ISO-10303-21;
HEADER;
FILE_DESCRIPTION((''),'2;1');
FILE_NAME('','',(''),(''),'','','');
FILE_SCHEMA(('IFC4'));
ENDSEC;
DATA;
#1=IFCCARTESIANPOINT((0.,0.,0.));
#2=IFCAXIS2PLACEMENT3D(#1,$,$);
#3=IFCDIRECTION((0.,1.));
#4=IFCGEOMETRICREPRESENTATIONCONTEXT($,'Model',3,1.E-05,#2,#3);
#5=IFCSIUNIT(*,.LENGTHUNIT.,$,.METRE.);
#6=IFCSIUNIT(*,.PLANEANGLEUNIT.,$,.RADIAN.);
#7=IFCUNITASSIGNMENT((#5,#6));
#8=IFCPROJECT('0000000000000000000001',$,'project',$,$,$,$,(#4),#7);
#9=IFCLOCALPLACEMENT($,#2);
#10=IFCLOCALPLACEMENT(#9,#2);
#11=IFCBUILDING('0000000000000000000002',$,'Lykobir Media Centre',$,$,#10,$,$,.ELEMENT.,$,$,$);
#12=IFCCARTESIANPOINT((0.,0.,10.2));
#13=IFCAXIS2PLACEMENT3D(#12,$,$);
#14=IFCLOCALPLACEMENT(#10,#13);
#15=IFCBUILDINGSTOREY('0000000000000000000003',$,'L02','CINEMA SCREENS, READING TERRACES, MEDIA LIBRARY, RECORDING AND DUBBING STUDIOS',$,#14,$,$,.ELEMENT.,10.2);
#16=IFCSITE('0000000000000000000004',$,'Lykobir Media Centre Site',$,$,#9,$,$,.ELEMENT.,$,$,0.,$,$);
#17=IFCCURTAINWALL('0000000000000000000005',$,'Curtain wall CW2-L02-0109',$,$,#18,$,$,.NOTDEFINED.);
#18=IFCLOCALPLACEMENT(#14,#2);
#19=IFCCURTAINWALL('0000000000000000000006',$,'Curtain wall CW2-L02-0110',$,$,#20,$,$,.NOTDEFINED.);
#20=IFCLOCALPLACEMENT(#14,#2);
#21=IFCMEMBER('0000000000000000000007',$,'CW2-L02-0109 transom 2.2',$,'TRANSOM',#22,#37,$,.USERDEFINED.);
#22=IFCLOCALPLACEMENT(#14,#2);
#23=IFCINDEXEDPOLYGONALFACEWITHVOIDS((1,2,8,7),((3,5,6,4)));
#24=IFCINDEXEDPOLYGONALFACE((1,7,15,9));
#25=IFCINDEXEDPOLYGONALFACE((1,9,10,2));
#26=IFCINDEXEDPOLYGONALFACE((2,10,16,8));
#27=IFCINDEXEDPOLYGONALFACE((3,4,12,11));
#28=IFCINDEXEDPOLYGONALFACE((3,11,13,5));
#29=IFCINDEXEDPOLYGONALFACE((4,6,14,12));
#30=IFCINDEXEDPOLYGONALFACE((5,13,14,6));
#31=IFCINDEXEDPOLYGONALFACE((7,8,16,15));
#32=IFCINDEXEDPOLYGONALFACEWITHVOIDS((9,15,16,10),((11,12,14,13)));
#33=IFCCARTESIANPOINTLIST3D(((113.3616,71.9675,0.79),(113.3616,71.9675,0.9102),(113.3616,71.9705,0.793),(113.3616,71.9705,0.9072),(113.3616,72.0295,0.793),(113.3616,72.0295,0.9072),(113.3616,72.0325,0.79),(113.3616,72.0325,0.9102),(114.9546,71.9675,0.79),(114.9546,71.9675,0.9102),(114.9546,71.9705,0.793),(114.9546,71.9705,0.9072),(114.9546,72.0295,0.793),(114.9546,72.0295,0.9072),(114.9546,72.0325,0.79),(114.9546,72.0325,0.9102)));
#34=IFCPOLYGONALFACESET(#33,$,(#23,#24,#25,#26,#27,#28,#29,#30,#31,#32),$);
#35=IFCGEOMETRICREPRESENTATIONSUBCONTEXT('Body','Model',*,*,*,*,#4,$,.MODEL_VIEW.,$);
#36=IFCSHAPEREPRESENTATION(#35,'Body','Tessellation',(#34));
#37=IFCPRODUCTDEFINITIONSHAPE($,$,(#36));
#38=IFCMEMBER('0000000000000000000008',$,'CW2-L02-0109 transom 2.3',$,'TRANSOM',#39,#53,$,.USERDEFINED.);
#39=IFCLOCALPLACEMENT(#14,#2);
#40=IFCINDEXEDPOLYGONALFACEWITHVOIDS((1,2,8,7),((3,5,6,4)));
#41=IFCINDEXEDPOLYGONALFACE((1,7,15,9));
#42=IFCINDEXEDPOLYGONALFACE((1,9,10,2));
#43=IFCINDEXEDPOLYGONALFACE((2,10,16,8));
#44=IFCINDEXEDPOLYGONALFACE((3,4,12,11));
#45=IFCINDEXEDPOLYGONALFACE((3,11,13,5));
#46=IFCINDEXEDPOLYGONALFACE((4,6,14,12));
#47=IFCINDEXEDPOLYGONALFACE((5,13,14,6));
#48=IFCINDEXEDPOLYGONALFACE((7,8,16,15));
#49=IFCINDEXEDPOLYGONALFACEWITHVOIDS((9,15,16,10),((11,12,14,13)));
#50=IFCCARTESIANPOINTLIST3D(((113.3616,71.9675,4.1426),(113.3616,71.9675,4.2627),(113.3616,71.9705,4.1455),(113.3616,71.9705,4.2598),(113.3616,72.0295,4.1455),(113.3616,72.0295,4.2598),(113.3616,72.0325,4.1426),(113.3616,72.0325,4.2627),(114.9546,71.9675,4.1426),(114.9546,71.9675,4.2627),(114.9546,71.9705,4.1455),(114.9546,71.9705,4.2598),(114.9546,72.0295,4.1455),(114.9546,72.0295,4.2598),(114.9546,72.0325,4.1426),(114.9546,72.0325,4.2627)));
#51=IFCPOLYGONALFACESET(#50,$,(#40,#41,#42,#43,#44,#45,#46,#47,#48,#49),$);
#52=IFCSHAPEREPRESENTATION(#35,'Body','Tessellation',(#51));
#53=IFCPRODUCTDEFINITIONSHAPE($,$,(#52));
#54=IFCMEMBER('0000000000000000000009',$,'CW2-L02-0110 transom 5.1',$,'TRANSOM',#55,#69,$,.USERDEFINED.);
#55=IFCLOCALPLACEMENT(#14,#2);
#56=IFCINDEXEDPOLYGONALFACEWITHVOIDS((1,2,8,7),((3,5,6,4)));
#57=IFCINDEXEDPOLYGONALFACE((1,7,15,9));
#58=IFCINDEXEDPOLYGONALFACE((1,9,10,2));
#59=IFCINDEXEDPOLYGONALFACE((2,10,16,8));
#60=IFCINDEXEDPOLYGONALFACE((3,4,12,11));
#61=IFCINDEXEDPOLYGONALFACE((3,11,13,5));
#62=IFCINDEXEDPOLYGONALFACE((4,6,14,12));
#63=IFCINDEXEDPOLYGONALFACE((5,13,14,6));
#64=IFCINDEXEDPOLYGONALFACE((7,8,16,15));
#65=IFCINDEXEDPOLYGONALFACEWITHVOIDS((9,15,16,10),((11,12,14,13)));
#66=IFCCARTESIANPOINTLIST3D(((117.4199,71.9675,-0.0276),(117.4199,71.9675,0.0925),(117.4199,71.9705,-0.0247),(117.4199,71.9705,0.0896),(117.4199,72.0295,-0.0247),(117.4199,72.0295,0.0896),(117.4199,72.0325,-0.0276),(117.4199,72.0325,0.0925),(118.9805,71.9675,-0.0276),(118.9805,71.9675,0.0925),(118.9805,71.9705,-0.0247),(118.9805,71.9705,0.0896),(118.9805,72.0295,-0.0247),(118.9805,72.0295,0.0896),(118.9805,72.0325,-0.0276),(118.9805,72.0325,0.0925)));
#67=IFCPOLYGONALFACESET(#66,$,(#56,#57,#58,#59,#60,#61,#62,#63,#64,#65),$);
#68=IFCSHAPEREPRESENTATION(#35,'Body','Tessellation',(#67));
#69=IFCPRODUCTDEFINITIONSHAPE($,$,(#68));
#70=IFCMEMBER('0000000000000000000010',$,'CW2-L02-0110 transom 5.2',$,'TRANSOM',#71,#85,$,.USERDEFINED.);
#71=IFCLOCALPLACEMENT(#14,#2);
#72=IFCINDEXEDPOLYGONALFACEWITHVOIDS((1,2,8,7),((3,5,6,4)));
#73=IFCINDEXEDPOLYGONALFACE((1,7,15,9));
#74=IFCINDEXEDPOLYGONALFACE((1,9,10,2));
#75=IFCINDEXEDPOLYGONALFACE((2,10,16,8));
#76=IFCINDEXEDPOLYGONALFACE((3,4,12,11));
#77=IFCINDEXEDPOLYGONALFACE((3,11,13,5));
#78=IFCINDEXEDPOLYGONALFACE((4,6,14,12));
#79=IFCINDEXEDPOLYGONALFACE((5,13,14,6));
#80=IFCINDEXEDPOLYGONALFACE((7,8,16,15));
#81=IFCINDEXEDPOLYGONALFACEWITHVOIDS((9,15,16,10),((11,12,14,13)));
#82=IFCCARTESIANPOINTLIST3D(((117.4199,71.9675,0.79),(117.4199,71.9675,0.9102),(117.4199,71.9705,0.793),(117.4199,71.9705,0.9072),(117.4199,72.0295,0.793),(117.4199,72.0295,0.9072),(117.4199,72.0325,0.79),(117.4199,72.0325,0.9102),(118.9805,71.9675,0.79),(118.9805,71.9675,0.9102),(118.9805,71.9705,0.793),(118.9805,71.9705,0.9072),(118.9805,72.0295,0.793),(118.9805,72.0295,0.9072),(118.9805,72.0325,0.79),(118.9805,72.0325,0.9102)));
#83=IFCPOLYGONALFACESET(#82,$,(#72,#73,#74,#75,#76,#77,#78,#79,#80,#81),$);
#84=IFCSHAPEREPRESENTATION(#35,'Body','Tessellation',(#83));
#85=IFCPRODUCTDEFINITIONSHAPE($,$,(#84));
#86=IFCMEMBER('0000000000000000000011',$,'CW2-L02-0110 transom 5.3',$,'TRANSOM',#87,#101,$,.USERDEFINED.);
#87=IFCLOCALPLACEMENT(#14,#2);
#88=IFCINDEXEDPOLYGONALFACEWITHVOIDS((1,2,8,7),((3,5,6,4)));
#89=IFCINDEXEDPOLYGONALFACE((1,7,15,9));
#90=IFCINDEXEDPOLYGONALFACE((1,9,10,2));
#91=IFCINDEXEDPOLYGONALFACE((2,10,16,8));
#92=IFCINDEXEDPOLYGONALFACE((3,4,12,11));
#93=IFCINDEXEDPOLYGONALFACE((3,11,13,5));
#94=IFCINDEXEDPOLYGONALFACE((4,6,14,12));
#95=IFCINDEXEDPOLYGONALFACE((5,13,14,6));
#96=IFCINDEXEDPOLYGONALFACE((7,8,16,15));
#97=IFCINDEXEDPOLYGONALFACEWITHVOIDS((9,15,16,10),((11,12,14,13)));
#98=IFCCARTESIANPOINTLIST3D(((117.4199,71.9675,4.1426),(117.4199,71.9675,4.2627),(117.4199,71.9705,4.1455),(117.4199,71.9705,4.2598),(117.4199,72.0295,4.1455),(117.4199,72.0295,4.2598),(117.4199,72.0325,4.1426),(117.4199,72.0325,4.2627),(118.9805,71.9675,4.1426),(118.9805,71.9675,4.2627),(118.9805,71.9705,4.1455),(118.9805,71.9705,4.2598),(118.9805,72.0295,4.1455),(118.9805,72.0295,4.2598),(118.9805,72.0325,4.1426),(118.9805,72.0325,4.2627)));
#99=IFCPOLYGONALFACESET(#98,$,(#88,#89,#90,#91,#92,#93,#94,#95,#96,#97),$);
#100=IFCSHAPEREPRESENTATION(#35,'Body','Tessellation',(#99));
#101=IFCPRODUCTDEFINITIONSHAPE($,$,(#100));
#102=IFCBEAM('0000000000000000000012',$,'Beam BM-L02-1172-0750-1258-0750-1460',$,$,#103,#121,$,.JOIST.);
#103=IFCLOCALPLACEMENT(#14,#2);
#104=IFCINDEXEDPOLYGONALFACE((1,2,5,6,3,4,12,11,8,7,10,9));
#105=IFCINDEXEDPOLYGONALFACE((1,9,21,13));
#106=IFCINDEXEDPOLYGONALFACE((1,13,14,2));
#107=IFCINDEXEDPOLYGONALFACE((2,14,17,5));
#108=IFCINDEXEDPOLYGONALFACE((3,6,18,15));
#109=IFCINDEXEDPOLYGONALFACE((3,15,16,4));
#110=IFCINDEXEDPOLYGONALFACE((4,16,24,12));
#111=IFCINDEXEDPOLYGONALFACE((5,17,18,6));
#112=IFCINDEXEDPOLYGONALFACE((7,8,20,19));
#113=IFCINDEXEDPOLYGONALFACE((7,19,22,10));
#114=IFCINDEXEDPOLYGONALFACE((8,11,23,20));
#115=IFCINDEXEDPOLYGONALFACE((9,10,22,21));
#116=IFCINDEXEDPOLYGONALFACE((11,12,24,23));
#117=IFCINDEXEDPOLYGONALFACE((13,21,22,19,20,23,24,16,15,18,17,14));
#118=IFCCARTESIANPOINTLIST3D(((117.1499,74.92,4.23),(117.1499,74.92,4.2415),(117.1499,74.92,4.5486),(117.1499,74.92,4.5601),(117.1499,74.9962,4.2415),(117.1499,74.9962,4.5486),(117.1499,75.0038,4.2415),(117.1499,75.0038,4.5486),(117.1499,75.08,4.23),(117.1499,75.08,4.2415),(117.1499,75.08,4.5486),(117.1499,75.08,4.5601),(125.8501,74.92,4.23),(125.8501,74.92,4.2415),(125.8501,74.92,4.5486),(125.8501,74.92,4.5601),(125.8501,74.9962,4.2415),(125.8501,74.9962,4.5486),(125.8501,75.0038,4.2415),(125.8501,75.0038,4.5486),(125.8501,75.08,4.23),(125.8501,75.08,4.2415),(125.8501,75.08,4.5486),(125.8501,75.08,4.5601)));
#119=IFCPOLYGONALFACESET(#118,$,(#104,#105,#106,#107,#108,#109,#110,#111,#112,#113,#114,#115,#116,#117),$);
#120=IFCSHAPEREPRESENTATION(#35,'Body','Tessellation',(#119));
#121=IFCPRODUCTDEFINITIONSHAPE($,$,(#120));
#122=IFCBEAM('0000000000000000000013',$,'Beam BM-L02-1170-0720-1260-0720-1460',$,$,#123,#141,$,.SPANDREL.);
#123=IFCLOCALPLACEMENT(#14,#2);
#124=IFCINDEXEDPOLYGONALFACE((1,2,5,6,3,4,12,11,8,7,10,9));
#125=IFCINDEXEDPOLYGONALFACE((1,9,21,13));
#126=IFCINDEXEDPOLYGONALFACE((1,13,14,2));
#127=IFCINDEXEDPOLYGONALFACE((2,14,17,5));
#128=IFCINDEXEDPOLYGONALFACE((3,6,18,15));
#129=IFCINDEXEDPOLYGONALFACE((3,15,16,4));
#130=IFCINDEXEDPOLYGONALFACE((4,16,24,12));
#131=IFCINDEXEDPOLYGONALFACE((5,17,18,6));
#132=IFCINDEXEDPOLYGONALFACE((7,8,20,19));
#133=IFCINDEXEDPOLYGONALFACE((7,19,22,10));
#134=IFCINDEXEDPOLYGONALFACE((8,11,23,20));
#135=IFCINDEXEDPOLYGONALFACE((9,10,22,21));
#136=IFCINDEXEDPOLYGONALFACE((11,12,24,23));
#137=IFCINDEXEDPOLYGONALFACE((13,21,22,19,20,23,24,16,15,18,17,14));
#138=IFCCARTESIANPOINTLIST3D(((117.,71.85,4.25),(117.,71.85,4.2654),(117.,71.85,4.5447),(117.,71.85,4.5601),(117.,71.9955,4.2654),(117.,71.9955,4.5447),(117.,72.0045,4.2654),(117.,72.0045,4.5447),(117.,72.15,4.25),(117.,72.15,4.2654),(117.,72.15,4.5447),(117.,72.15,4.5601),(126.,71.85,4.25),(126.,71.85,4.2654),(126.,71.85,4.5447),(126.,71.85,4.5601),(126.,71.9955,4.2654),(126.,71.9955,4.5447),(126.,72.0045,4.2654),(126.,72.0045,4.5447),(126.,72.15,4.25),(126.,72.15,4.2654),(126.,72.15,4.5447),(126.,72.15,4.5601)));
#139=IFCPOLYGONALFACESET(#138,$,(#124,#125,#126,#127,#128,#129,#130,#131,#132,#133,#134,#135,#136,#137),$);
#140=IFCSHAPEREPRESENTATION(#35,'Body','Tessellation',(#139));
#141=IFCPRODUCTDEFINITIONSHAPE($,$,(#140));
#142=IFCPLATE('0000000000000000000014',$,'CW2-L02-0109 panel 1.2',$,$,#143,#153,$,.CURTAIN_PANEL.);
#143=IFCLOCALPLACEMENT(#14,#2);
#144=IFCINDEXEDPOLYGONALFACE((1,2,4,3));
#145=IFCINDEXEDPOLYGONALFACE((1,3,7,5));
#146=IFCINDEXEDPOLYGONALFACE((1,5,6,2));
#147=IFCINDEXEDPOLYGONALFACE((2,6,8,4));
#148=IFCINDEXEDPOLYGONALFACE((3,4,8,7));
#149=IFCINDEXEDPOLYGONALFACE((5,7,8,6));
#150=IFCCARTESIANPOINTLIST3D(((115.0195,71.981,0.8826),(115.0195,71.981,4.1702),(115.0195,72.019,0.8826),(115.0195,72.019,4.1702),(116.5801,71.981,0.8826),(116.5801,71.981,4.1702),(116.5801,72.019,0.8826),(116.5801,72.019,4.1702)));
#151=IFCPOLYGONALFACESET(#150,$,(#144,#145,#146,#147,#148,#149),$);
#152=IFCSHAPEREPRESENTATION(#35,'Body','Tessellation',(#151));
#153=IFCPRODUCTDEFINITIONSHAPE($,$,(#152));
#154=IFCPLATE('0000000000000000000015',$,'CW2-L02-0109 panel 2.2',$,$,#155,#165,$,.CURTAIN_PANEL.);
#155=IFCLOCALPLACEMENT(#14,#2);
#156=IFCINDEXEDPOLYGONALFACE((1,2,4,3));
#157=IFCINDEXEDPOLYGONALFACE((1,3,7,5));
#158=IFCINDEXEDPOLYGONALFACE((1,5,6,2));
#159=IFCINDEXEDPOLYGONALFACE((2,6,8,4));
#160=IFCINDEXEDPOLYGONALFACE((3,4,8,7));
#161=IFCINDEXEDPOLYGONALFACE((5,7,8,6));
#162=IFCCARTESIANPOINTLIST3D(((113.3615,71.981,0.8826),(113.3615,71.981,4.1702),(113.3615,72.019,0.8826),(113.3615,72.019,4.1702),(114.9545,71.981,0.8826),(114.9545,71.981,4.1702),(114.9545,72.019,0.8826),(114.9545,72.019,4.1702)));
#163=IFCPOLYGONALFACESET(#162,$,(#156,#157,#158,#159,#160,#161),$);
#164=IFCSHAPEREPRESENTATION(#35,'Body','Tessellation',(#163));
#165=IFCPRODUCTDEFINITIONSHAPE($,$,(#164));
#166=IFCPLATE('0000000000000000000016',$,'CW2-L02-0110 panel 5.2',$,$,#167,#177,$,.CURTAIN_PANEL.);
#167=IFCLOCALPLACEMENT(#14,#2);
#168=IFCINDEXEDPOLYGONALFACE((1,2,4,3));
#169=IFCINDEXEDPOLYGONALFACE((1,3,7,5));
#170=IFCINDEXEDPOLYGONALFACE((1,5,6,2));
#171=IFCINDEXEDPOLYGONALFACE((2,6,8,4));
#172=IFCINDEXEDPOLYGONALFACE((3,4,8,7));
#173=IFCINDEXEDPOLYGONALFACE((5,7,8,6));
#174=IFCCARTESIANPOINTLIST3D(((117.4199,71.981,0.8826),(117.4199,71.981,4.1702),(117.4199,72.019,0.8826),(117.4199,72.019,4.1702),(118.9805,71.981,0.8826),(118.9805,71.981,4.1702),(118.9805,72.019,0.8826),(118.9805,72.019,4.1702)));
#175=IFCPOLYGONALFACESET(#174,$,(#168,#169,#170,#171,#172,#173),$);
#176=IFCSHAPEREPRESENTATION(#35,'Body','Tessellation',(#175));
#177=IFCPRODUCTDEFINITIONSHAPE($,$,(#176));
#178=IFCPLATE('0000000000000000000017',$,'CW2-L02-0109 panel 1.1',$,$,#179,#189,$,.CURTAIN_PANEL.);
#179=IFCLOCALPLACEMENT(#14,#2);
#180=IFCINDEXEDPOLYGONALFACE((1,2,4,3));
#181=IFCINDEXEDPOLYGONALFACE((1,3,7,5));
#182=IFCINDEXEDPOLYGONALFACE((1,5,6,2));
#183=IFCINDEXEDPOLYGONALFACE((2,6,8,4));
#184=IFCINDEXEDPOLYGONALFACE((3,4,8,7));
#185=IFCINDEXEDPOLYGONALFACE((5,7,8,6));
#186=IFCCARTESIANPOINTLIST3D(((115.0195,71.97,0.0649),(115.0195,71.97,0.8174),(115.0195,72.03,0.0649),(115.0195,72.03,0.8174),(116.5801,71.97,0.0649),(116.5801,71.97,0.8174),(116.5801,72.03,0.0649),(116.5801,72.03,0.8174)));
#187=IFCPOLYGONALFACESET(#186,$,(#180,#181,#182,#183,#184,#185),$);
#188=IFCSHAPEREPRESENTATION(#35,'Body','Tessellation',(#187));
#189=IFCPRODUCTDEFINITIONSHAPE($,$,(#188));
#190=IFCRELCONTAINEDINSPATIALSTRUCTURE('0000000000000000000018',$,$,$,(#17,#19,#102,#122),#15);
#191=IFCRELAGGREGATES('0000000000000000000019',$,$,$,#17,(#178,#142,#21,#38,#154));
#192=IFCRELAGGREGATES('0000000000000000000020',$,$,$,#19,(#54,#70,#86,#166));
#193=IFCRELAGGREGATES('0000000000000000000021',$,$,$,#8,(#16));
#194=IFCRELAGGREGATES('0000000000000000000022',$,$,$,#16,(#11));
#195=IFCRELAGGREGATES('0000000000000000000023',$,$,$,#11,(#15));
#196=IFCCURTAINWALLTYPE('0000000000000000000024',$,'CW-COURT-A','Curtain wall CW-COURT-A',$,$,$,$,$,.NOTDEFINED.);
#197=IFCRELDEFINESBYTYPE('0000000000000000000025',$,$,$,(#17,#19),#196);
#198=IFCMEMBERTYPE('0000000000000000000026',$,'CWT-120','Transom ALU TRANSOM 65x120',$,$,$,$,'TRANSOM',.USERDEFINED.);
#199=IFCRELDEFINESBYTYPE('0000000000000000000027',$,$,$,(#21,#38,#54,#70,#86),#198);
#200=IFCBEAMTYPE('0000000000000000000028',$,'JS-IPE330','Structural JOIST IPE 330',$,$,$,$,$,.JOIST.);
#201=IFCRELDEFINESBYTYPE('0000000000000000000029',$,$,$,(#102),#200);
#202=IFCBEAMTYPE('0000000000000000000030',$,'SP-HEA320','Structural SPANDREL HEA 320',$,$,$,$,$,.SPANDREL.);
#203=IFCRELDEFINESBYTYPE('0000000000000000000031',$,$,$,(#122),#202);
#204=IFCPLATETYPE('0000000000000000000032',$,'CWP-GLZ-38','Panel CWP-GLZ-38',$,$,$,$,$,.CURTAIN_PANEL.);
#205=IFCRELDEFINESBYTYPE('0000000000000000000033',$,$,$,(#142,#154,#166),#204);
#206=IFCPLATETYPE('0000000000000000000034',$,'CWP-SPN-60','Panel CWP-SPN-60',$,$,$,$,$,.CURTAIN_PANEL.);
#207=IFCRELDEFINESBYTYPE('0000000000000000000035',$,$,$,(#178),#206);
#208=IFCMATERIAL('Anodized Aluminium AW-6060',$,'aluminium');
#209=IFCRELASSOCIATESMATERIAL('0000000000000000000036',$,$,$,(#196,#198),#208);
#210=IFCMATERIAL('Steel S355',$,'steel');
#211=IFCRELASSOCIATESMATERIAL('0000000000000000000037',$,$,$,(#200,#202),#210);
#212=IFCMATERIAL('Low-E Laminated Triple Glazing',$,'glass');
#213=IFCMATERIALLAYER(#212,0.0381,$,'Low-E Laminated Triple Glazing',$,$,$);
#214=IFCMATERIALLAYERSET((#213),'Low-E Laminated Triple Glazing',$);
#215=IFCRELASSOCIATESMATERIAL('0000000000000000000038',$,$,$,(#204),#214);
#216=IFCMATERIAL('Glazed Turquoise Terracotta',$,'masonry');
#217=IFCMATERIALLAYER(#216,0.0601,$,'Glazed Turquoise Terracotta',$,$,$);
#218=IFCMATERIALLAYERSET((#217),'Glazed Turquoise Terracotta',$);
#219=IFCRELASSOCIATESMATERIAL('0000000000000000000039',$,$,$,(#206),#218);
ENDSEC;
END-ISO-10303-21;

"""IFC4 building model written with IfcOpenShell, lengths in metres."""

from ifc_helpers import new_model, si_unit, direction, frame, origin, origin_2d, place, context, subcontext, project, spatial, rectangle, hollow_rectangle, i_section, extrude, material, layer, layer_set, material_profile, profile_set, type_object, element, aggregate, save


model = new_model("IFC4")

# Units and contexts
model_context = context("Model", 3, precision=1e-05, world=origin(), true_north=direction((0.0, 1.0)))
body_context = subcontext(model_context, "Body", "Model", "MODEL_VIEW")
ifc_project = project(units=[si_unit("LENGTHUNIT", "METRE"), si_unit("PLANEANGLEUNIT", "RADIAN")], contexts=[model_context])

# Site, building, storey
site_placement = place(None, origin())
site = spatial("IfcSite", under=ifc_project, at=site_placement, Name="Lykobir Media Centre Site", CompositionType="ELEMENT", RefElevation=0.0)
building_placement = place(site_placement, origin())
building = spatial("IfcBuilding", under=site, at=building_placement, Name="Lykobir Media Centre", CompositionType="ELEMENT")
storey_placement = place(building_placement, frame((0.0, 0.0, 10.2)))
storey = spatial("IfcBuildingStorey", under=building, at=storey_placement, Name="L02", Description="CINEMA SCREENS, READING TERRACES, MEDIA LIBRARY, RECORDING AND DUBBING STUDIOS", CompositionType="ELEMENT", Elevation=10.2)

# Shared definitions
ifc_material_1 = material(Name="Steel S355", Category="steel")

# Curtain walls
ifc_material_2 = material(Name="Anodized Aluminium AW-6060", Category="aluminium")
curtain_wall_type = type_object("IfcCurtainWallType", Name="CW-COURT-A", Description="Curtain wall CW-COURT-A", PredefinedType="NOTDEFINED", material=ifc_material_2)
curtain_wall_1_placement = place(storey_placement, origin())
curtain_wall_1 = element("IfcCurtainWall", 1, at=curtain_wall_1_placement, inside=storey, type_object=curtain_wall_type, Name="Curtain wall CW2-L02-0109", PredefinedType="NOTDEFINED")
curtain_wall_2_placement = place(storey_placement, origin())
curtain_wall_2 = element("IfcCurtainWall", 2, at=curtain_wall_2_placement, inside=storey, type_object=curtain_wall_type, Name="Curtain wall CW2-L02-0110", PredefinedType="NOTDEFINED")

# Members
ifc_material_profile_1 = material_profile(ifc_material_2, hollow_rectangle(XDim=0.0649, YDim=0.1201, WallThickness=0.0029, at=origin_2d()), Name="ALU TRANSOM 65x120")
ifc_profile_set_1 = profile_set([ifc_material_profile_1], Name="Anodized Aluminium AW-6060")
member_type_1 = type_object("IfcMemberType", Name="CWT-120", Description="Transom ALU TRANSOM 65x120", ElementType="TRANSOM", PredefinedType="USERDEFINED", material=ifc_profile_set_1)
member_1_placement = place(storey_placement, frame((114.9546, 72.0, 0.8501), z_axis=(-1.0, 0.0, 0.0), x_axis=(0.0, -1.0, 0.0)))
member_1 = element("IfcMember", 3, at=member_1_placement, type_object=member_type_1, Name="CW2-L02-0109 transom 2.2", ObjectType="TRANSOM", PredefinedType="USERDEFINED", context=body_context, shape_type="SweptSolid", body=[
    extrude(hollow_rectangle(XDim=0.0649, YDim=0.1201, WallThickness=0.0029, at=origin_2d()), origin(), (0.0, 0.0, 1.0), 1.593),
])
member_2_placement = place(storey_placement, frame((114.9546, 72.0, 4.2026), z_axis=(-1.0, 0.0, 0.0), x_axis=(0.0, -1.0, 0.0)))
member_2 = element("IfcMember", 4, at=member_2_placement, type_object=member_type_1, Name="CW2-L02-0109 transom 2.3", ObjectType="TRANSOM", PredefinedType="USERDEFINED", context=body_context, shape_type="SweptSolid", body=[
    extrude(hollow_rectangle(XDim=0.0649, YDim=0.1201, WallThickness=0.0029, at=origin_2d()), origin(), (0.0, 0.0, 1.0), 1.593),
])
member_3_placement = place(storey_placement, frame((118.9805, 72.0, 0.0325), z_axis=(-1.0, 0.0, 0.0), x_axis=(0.0, -1.0, 0.0)))
member_3 = element("IfcMember", 5, at=member_3_placement, type_object=member_type_1, Name="CW2-L02-0110 transom 5.1", ObjectType="TRANSOM", PredefinedType="USERDEFINED", context=body_context, shape_type="SweptSolid", body=[
    extrude(hollow_rectangle(XDim=0.0649, YDim=0.1201, WallThickness=0.0029, at=origin_2d()), origin(), (0.0, 0.0, 1.0), 1.5605),
])
member_4_placement = place(storey_placement, frame((118.9805, 72.0, 0.8501), z_axis=(-1.0, 0.0, 0.0), x_axis=(0.0, -1.0, 0.0)))
member_4 = element("IfcMember", 6, at=member_4_placement, type_object=member_type_1, Name="CW2-L02-0110 transom 5.2", ObjectType="TRANSOM", PredefinedType="USERDEFINED", context=body_context, shape_type="SweptSolid", body=[
    extrude(hollow_rectangle(XDim=0.0649, YDim=0.1201, WallThickness=0.0029, at=origin_2d()), origin(), (0.0, 0.0, 1.0), 1.5605),
])
member_5_placement = place(storey_placement, frame((118.9805, 72.0, 4.2026), z_axis=(-1.0, 0.0, 0.0), x_axis=(0.0, -1.0, 0.0)))
member_5 = element("IfcMember", 7, at=member_5_placement, type_object=member_type_1, Name="CW2-L02-0110 transom 5.3", ObjectType="TRANSOM", PredefinedType="USERDEFINED", context=body_context, shape_type="SweptSolid", body=[
    extrude(hollow_rectangle(XDim=0.0649, YDim=0.1201, WallThickness=0.0029, at=origin_2d()), origin(), (0.0, 0.0, 1.0), 1.5605),
])

# Beams
ifc_material_profile_2 = material_profile(ifc_material_1, i_section(OverallWidth=0.1599, OverallDepth=0.3301, WebThickness=0.0076, FlangeThickness=0.0115, at=origin_2d()), Name="IPE 330")
ifc_profile_set_2 = profile_set([ifc_material_profile_2], Name="Steel S355")
beam_type_1 = type_object("IfcBeamType", Name="JS-IPE330", Description="Structural JOIST IPE 330", PredefinedType="JOIST", material=ifc_profile_set_2)
beam_1_placement = place(storey_placement, frame((117.1499, 75.0, 4.395), z_axis=(1.0, 0.0, 0.0), x_axis=(0.0, 1.0, 0.0)))
element("IfcBeam", 8, at=beam_1_placement, inside=storey, type_object=beam_type_1, Name="Beam BM-L02-1172-0750-1258-0750-1460", PredefinedType="JOIST", context=body_context, shape_type="SweptSolid", body=[
    extrude(i_section(OverallWidth=0.1599, OverallDepth=0.3301, WebThickness=0.0076, FlangeThickness=0.0115, at=origin_2d()), origin(), (0.0, 0.0, 1.0), 8.7002),
])
ifc_material_profile_3 = material_profile(ifc_material_1, i_section(OverallWidth=0.3, OverallDepth=0.3101, WebThickness=0.009, FlangeThickness=0.0154, at=origin_2d()), Name="HEA 320")
ifc_profile_set_3 = profile_set([ifc_material_profile_3], Name="Steel S355")
beam_type_2 = type_object("IfcBeamType", Name="SP-HEA320", Description="Structural SPANDREL HEA 320", PredefinedType="SPANDREL", material=ifc_profile_set_3)
beam_2_placement = place(storey_placement, frame((117.0, 72.0, 4.405), z_axis=(1.0, 0.0, 0.0), x_axis=(0.0, 1.0, 0.0)))
element("IfcBeam", 9, at=beam_2_placement, inside=storey, type_object=beam_type_2, Name="Beam BM-L02-1170-0720-1260-0720-1460", PredefinedType="SPANDREL", context=body_context, shape_type="SweptSolid", body=[
    extrude(i_section(OverallWidth=0.3, OverallDepth=0.3101, WebThickness=0.009, FlangeThickness=0.0154, at=origin_2d()), origin(), (0.0, 0.0, 1.0), 9.0),
])

# Plates
ifc_material_3 = material(Name="Low-E Laminated Triple Glazing", Category="glass")
ifc_layer_1 = layer(ifc_material_3, 0.0381, Name="Low-E Laminated Triple Glazing")
ifc_layer_set_1 = layer_set([ifc_layer_1], Name="Low-E Laminated Triple Glazing")
plate_type_1 = type_object("IfcPlateType", Name="CWP-GLZ-38", Description="Panel CWP-GLZ-38", PredefinedType="CURTAIN_PANEL", material=ifc_layer_set_1)
plate_1_placement = place(storey_placement, frame((115.7998, 72.0, 0.8826), z_axis=(0.0, 0.0, 1.0), x_axis=(-1.0, 0.0, 0.0)))
plate_1 = element("IfcPlate", 10, at=plate_1_placement, type_object=plate_type_1, Name="CW2-L02-0109 panel 1.2", PredefinedType="CURTAIN_PANEL", context=body_context, shape_type="SweptSolid", body=[
    extrude(rectangle(XDim=1.5605, YDim=0.0381, at=origin_2d()), origin(), (0.0, 0.0, 1.0), 3.2876),
])
plate_2_placement = place(storey_placement, frame((114.158, 72.0, 0.8826), z_axis=(0.0, 0.0, 1.0), x_axis=(-1.0, 0.0, 0.0)))
plate_2 = element("IfcPlate", 11, at=plate_2_placement, type_object=plate_type_1, Name="CW2-L02-0109 panel 2.2", PredefinedType="CURTAIN_PANEL", context=body_context, shape_type="SweptSolid", body=[
    extrude(rectangle(XDim=1.593, YDim=0.0381, at=origin_2d()), origin(), (0.0, 0.0, 1.0), 3.2876),
])
plate_3_placement = place(storey_placement, frame((118.2002, 72.0, 0.8826), z_axis=(0.0, 0.0, 1.0), x_axis=(-1.0, 0.0, 0.0)))
plate_3 = element("IfcPlate", 12, at=plate_3_placement, type_object=plate_type_1, Name="CW2-L02-0110 panel 5.2", PredefinedType="CURTAIN_PANEL", context=body_context, shape_type="SweptSolid", body=[
    extrude(rectangle(XDim=1.5605, YDim=0.0381, at=origin_2d()), origin(), (0.0, 0.0, 1.0), 3.2876),
])
ifc_material_4 = material(Name="Glazed Turquoise Terracotta", Category="masonry")
ifc_layer_2 = layer(ifc_material_4, 0.0601, Name="Glazed Turquoise Terracotta")
ifc_layer_set_2 = layer_set([ifc_layer_2], Name="Glazed Turquoise Terracotta")
plate_type_2 = type_object("IfcPlateType", Name="CWP-SPN-60", Description="Panel CWP-SPN-60", PredefinedType="CURTAIN_PANEL", material=ifc_layer_set_2)
plate_4_placement = place(storey_placement, frame((115.7998, 72.0, 0.0649), z_axis=(0.0, 0.0, 1.0), x_axis=(-1.0, 0.0, 0.0)))
plate_4 = element("IfcPlate", 13, at=plate_4_placement, type_object=plate_type_2, Name="CW2-L02-0109 panel 1.1", PredefinedType="CURTAIN_PANEL", context=body_context, shape_type="SweptSolid", body=[
    extrude(rectangle(XDim=1.5605, YDim=0.0601, at=origin_2d()), origin(), (0.0, 0.0, 1.0), 0.7524),
])
aggregate(curtain_wall_1, [plate_4, plate_1, member_1, member_2, plate_2])
aggregate(curtain_wall_2, [member_3, member_4, member_5, plate_3])

save(model, "model.ifc")
